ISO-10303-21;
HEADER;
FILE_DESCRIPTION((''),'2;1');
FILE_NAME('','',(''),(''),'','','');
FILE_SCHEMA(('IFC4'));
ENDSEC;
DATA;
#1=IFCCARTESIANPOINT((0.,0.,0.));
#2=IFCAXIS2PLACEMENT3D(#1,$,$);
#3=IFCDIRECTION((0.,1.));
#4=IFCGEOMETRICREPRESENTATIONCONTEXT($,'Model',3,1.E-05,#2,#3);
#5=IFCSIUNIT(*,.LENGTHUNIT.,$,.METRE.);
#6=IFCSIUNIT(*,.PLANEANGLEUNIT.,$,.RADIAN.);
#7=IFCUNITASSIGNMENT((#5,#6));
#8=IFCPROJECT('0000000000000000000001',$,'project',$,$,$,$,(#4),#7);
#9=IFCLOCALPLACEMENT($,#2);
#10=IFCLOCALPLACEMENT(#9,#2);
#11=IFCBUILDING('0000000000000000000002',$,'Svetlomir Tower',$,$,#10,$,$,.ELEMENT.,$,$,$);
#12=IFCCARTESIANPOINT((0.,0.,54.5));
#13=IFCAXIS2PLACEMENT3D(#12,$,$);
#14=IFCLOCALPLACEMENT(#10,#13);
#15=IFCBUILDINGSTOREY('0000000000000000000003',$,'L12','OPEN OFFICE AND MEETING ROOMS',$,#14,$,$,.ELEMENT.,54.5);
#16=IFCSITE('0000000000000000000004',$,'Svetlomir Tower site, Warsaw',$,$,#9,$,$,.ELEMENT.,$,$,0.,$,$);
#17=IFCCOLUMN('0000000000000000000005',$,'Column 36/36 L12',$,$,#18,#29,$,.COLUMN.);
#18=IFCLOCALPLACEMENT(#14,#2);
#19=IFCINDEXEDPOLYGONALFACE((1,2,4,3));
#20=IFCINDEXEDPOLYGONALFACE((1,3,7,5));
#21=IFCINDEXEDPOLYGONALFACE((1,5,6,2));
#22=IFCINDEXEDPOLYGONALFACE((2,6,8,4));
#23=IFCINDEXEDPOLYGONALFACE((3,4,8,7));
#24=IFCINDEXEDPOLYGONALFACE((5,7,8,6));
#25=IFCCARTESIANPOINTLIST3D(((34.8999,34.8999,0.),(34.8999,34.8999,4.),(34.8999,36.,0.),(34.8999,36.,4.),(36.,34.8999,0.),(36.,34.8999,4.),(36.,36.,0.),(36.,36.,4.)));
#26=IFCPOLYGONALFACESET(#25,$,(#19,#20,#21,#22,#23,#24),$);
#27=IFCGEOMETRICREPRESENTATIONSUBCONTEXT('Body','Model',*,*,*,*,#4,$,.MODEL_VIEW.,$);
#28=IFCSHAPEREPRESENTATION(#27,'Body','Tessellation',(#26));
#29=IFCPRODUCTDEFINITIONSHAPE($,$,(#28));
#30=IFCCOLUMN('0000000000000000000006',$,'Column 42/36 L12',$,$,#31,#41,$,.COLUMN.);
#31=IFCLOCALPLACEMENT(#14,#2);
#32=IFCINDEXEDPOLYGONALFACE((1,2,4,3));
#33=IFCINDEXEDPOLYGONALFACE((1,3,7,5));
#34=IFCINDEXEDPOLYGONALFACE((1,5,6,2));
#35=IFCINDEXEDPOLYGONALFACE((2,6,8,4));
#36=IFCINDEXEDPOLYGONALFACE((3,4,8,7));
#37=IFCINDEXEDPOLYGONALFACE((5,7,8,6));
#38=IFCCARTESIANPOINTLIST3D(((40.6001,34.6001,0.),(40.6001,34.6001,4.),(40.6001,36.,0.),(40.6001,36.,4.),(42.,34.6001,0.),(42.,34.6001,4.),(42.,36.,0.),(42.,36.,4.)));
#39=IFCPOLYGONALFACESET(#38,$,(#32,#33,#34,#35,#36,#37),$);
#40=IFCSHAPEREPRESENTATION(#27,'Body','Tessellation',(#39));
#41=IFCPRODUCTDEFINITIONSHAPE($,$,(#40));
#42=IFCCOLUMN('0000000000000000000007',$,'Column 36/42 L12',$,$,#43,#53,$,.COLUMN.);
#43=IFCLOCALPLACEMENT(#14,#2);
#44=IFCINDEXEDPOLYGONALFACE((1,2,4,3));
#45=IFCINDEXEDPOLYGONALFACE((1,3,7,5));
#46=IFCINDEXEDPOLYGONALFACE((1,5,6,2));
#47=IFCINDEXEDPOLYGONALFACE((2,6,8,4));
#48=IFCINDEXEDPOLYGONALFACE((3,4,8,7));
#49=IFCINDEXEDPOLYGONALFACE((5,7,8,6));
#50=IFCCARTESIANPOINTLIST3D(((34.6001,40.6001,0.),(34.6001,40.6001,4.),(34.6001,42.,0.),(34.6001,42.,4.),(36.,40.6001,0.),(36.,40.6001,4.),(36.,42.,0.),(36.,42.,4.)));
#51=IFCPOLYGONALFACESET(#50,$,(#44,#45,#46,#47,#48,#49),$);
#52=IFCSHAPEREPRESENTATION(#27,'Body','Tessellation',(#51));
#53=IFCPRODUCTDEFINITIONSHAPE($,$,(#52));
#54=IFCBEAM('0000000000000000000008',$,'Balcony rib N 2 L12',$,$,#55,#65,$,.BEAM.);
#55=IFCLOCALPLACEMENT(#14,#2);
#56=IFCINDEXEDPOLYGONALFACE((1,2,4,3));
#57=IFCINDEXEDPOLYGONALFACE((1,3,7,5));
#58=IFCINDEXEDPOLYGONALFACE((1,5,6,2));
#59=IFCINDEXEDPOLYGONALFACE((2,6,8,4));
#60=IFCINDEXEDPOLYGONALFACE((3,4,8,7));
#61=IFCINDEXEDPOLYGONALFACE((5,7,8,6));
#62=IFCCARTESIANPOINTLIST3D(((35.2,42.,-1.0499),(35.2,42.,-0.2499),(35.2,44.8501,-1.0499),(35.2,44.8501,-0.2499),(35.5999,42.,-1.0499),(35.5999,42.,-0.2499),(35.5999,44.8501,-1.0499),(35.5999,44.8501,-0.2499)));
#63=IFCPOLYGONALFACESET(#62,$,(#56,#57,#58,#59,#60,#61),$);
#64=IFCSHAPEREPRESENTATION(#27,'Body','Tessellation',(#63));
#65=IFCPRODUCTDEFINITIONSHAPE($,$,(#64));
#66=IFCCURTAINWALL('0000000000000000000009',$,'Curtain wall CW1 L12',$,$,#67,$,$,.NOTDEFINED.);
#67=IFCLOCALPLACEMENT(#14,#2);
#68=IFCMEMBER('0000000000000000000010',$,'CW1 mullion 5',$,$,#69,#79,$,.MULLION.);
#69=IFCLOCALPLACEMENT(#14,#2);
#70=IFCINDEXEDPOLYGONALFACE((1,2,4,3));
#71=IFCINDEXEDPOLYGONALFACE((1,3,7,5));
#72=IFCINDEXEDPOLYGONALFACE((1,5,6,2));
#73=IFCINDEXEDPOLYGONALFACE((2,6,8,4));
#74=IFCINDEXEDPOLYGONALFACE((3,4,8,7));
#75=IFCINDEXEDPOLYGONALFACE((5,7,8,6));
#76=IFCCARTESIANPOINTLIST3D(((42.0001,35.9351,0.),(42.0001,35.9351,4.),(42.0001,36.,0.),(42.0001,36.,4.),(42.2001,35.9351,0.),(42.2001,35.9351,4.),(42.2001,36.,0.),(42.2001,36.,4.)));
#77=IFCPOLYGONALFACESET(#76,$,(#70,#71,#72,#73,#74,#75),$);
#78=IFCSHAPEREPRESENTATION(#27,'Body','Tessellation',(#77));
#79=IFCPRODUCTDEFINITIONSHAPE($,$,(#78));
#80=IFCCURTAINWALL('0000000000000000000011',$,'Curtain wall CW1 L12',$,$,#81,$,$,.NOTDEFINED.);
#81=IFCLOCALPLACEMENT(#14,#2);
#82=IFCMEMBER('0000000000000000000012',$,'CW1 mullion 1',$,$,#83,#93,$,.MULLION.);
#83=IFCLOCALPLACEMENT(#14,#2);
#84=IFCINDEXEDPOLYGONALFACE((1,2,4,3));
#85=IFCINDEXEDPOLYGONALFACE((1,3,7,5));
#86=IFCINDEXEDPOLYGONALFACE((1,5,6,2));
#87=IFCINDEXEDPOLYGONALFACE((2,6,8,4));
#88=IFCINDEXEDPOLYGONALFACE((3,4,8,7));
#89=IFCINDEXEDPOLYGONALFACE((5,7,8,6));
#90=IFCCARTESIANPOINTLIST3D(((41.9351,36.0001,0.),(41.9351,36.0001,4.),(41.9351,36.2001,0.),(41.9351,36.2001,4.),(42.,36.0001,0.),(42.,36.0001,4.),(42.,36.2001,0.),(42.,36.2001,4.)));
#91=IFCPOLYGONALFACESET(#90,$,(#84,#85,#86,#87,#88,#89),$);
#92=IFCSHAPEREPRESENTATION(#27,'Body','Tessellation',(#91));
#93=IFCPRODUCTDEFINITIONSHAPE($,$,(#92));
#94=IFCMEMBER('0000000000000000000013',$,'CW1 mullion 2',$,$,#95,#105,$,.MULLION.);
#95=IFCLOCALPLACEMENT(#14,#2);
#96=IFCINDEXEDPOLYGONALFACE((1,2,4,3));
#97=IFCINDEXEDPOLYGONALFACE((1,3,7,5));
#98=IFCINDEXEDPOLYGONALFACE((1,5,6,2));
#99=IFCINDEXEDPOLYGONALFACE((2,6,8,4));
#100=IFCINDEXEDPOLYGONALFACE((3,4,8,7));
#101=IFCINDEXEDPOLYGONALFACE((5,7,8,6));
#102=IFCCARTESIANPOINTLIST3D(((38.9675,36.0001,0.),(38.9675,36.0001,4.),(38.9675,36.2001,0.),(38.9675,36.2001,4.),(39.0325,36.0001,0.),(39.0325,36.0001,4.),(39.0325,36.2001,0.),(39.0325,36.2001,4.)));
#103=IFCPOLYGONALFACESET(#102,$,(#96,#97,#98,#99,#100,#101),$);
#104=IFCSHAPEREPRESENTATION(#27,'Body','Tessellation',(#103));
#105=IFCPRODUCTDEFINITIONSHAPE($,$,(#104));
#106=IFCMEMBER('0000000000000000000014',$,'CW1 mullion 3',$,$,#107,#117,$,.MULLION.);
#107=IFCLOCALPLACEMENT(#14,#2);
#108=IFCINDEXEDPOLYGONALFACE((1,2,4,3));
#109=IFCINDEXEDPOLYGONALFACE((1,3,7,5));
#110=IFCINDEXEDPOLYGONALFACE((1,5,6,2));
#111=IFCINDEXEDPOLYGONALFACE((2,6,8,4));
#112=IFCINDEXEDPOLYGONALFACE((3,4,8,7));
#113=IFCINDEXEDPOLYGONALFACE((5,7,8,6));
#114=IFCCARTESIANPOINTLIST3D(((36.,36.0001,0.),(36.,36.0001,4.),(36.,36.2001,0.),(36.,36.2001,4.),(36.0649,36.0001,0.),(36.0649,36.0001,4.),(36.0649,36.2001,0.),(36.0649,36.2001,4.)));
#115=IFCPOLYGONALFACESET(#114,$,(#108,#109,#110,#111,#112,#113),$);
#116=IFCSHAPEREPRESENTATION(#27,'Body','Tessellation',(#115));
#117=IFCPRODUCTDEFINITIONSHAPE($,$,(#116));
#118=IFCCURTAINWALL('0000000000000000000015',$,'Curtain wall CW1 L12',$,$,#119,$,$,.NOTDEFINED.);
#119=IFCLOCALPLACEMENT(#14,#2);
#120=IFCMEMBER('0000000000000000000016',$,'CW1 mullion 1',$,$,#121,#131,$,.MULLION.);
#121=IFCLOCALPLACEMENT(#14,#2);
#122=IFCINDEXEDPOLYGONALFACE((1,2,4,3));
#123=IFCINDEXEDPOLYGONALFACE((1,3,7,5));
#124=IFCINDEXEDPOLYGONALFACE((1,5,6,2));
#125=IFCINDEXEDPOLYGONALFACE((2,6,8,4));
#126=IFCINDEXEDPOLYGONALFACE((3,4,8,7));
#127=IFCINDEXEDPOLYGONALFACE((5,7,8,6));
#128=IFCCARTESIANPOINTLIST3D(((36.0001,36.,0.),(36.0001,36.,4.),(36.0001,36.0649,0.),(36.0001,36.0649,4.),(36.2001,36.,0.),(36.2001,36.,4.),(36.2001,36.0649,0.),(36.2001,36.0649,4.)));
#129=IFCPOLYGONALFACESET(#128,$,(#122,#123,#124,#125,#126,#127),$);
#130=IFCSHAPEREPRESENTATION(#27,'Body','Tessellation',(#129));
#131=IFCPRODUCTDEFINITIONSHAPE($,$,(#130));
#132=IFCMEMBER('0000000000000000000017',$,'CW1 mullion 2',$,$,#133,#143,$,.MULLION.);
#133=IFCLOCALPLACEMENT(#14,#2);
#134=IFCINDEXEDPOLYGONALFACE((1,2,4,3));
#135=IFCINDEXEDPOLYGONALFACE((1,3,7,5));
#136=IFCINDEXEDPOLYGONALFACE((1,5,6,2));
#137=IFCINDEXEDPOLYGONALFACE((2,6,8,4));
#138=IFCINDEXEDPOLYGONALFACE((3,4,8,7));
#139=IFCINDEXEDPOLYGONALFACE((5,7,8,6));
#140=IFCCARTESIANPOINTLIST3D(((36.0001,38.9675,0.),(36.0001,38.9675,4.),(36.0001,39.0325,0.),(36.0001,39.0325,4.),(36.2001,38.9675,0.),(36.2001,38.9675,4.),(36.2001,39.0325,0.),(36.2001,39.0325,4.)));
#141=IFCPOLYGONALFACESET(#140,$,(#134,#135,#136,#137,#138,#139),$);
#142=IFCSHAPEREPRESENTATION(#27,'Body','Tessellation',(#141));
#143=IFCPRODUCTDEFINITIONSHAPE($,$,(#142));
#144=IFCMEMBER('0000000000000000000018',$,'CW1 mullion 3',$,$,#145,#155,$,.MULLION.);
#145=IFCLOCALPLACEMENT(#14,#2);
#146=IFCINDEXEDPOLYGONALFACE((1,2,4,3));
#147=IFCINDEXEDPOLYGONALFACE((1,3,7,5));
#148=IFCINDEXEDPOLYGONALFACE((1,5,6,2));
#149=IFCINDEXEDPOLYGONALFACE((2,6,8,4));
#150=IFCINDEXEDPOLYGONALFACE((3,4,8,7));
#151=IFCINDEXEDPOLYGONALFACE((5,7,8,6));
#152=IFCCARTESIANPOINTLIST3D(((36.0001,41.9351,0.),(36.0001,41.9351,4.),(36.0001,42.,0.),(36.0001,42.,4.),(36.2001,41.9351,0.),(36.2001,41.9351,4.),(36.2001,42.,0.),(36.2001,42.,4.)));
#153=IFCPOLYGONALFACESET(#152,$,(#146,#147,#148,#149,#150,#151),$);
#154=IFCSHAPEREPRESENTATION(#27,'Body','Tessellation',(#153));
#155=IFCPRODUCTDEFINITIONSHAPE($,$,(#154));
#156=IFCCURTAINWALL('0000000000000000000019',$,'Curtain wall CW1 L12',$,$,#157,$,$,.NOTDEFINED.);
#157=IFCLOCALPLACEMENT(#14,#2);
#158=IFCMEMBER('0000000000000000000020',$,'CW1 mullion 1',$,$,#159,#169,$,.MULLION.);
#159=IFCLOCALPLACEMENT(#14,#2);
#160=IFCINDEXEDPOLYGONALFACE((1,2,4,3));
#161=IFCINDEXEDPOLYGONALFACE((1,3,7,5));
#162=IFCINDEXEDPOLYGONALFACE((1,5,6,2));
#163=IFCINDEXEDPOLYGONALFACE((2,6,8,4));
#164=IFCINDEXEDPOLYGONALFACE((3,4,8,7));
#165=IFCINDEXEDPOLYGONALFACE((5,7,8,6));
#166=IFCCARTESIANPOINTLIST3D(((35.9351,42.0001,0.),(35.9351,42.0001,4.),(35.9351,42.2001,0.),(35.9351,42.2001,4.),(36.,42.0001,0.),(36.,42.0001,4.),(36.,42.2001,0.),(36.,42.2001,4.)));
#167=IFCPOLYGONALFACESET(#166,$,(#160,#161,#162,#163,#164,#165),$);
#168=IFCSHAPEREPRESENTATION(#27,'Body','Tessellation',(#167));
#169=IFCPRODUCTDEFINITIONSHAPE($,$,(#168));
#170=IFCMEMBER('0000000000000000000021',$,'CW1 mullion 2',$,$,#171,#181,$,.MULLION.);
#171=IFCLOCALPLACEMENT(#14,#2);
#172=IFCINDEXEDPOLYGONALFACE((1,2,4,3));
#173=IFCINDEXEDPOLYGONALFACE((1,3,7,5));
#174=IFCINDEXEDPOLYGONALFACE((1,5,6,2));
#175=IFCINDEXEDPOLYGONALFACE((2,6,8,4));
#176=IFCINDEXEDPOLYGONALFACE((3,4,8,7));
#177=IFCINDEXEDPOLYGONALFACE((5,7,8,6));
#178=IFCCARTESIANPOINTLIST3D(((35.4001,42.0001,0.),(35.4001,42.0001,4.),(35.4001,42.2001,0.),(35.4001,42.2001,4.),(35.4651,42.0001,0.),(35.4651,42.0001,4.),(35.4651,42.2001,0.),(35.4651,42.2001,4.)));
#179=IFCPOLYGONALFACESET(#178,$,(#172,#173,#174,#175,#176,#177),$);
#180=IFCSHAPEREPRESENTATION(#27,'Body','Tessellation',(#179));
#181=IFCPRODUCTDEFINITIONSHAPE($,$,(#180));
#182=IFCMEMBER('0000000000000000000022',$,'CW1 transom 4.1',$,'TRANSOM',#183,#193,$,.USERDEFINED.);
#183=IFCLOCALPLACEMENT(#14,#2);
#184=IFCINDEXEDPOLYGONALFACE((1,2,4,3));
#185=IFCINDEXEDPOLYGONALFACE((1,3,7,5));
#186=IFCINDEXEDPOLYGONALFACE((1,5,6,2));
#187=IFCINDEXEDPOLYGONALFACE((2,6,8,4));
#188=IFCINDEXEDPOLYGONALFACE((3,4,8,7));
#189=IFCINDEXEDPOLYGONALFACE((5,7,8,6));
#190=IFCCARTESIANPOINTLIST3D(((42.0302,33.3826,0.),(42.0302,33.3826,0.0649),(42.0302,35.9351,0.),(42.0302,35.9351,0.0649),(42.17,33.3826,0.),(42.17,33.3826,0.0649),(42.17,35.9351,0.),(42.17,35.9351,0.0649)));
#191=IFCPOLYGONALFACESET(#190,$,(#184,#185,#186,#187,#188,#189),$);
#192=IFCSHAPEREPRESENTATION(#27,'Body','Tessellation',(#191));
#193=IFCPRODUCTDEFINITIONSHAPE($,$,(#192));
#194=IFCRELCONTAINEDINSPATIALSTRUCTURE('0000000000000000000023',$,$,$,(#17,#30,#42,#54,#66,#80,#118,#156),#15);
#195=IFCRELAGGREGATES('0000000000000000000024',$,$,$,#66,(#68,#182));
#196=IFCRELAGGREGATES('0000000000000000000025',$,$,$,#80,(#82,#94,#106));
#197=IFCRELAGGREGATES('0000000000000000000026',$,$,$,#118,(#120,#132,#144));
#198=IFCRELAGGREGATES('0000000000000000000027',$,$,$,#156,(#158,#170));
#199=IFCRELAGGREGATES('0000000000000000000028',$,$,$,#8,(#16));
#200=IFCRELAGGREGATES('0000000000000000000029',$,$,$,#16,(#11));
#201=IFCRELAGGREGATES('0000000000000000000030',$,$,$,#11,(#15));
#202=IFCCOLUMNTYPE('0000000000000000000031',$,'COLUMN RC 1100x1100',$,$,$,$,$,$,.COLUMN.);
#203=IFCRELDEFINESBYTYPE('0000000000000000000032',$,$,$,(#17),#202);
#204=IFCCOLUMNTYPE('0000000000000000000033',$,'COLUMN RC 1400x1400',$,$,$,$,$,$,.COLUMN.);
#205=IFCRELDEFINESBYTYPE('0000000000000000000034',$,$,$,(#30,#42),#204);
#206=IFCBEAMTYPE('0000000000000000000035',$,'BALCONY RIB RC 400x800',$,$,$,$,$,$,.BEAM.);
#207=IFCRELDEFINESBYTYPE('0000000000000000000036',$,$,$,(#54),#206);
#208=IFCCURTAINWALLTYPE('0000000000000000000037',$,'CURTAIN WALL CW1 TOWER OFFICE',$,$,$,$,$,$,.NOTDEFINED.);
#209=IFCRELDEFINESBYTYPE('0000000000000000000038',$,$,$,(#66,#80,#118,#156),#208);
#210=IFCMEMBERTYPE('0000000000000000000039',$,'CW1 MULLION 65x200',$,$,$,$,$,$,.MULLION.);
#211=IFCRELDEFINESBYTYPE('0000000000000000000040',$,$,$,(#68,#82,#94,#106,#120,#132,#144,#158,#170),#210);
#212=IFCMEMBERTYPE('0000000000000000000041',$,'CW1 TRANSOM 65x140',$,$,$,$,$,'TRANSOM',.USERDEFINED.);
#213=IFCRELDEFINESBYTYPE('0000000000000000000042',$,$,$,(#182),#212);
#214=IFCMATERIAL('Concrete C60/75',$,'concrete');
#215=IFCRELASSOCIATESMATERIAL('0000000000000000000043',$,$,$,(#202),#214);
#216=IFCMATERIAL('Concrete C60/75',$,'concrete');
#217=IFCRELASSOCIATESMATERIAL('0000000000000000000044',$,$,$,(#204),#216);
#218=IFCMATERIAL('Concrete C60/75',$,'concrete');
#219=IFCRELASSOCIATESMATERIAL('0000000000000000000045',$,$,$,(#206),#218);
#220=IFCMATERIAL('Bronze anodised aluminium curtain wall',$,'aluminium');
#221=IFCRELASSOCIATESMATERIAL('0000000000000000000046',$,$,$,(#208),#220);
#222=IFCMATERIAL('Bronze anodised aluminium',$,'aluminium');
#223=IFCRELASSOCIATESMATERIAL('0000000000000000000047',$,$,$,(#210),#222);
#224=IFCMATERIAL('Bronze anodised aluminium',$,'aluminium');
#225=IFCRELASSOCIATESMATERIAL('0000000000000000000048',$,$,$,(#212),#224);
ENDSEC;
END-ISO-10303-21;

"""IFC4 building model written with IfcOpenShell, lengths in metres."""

from ifc_helpers import new_model, si_unit, direction, frame, origin, origin_2d, place, context, subcontext, project, spatial, rectangle, extrude, material, material_profile, profile_set, type_object, element, aggregate, save


model = new_model("IFC4")

# Units and contexts
model_context = context("Model", 3, precision=1e-05, world=origin(), true_north=direction((0.0, 1.0)))
body_context = subcontext(model_context, "Body", "Model", "MODEL_VIEW")
ifc_project = project(units=[si_unit("LENGTHUNIT", "METRE"), si_unit("PLANEANGLEUNIT", "RADIAN")], contexts=[model_context])

# Site, building, storey
site_placement = place(None, origin())
site = spatial("IfcSite", under=ifc_project, at=site_placement, Name="Svetlomir Tower site, Warsaw", CompositionType="ELEMENT", RefElevation=0.0)
building_placement = place(site_placement, origin())
building = spatial("IfcBuilding", under=site, at=building_placement, Name="Svetlomir Tower", CompositionType="ELEMENT")
storey_placement = place(building_placement, frame((0.0, 0.0, 54.5)))
storey = spatial("IfcBuildingStorey", under=building, at=storey_placement, Name="L12", Description="OPEN OFFICE AND MEETING ROOMS", CompositionType="ELEMENT", Elevation=54.5)

# Columns
ifc_material_1 = material(Name="Concrete C60/75", Category="concrete")
ifc_material_profile_1 = material_profile(ifc_material_1, rectangle(XDim=1.1001, YDim=1.1001, at=origin_2d()), Name="RC 1100x1100")
ifc_profile_set_1 = profile_set([ifc_material_profile_1], Name="Concrete C60/75")
column_type_1 = type_object("IfcColumnType", Name="COLUMN RC 1100x1100", PredefinedType="COLUMN", material=ifc_profile_set_1)
column_placement = place(storey_placement, frame((35.45, 35.45, 0.0), z_axis=(0.0, 0.0, 1.0), x_axis=(1.0, 0.0, 0.0)))
element("IfcColumn", 1, at=column_placement, inside=storey, type_object=column_type_1, Name="Column 36/36 L12", PredefinedType="COLUMN", context=body_context, shape_type="SweptSolid", body=[
    extrude(rectangle(XDim=1.1001, YDim=1.1001, at=origin_2d()), origin(), (0.0, 0.0, 1.0), 4.0),
])
ifc_material_2 = material(Name="Concrete C60/75", Category="concrete")
ifc_material_profile_2 = material_profile(ifc_material_2, rectangle(XDim=1.3999, YDim=1.3999, at=origin_2d()), Name="RC 1400x1400")
ifc_profile_set_2 = profile_set([ifc_material_profile_2], Name="Concrete C60/75")
column_type_2 = type_object("IfcColumnType", Name="COLUMN RC 1400x1400", PredefinedType="COLUMN", material=ifc_profile_set_2)
for number, where, z_axis, x_axis, name in (
    (2, (41.3, 35.3, 0.0), (0.0, 0.0, 1.0), (1.0, 0.0, 0.0), "Column 42/36 L12"),
    (3, (35.3, 41.3, 0.0), (0.0, 0.0, 1.0), (1.0, 0.0, 0.0), "Column 36/42 L12"),
):
    element("IfcColumn", number, at=place(storey_placement, frame(where, z_axis=z_axis, x_axis=x_axis)), inside=storey, type_object=column_type_2, Name=name, PredefinedType="COLUMN", context=body_context, shape_type="SweptSolid", body=[
        extrude(rectangle(XDim=1.3999, YDim=1.3999, at=origin_2d()), origin(), (0.0, 0.0, 1.0), 4.0),
    ])

# Beam
ifc_material_3 = material(Name="Concrete C60/75", Category="concrete")
ifc_material_profile_3 = material_profile(ifc_material_3, rectangle(XDim=0.3999, YDim=0.8, at=origin_2d()), Name="RC 400x800")
ifc_profile_set_3 = profile_set([ifc_material_profile_3], Name="Concrete C60/75")
beam_type_1 = type_object("IfcBeamType", Name="BALCONY RIB RC 400x800", PredefinedType="BEAM", material=ifc_profile_set_3)
beam_placement = place(storey_placement, frame((35.3999, 42.0, -0.6499), z_axis=(0.0, 1.0, 0.0), x_axis=(-1.0, 0.0, 0.0)))
element("IfcBeam", 4, at=beam_placement, inside=storey, type_object=beam_type_1, Name="Balcony rib N 2 L12", PredefinedType="BEAM", context=body_context, shape_type="SweptSolid", body=[
    extrude(rectangle(XDim=0.3999, YDim=0.8, at=origin_2d()), origin(), (0.0, 0.0, 1.0), 2.8501),
])

# Curtain wall, member
ifc_material_4 = material(Name="Bronze anodised aluminium curtain wall", Category="aluminium")
curtain_wall_type = type_object("IfcCurtainWallType", Name="CURTAIN WALL CW1 TOWER OFFICE", PredefinedType="NOTDEFINED", material=ifc_material_4)
curtain_wall_1_placement = place(storey_placement, origin())
curtain_wall_1 = element("IfcCurtainWall", 5, at=curtain_wall_1_placement, inside=storey, type_object=curtain_wall_type, Name="Curtain wall CW1 L12", PredefinedType="NOTDEFINED")
ifc_material_5 = material(Name="Bronze anodised aluminium", Category="aluminium")
ifc_material_profile_4 = material_profile(ifc_material_5, rectangle(XDim=0.0649, YDim=0.2, at=origin_2d()), Name="AL 65x200")
ifc_profile_set_4 = profile_set([ifc_material_profile_4], Name="Bronze anodised aluminium 6063-T6")
member_type_1 = type_object("IfcMemberType", Name="CW1 MULLION 65x200", PredefinedType="MULLION", material=ifc_profile_set_4)
member_1_placement = place(storey_placement, frame((42.1001, 35.9675, 0.0), z_axis=(0.0, 0.0, 1.0), x_axis=(0.0, 1.0, 0.0)))
member_1 = element("IfcMember", 6, at=member_1_placement, type_object=member_type_1, Name="CW1 mullion 5", PredefinedType="MULLION", context=body_context, shape_type="SweptSolid", body=[
    extrude(rectangle(XDim=0.0649, YDim=0.2, at=origin_2d()), origin(), (0.0, 0.0, 1.0), 4.0),
])

# Curtain walls, members
curtain_wall_2_placement = place(storey_placement, origin())
curtain_wall_2 = element("IfcCurtainWall", 7, at=curtain_wall_2_placement, inside=storey, type_object=curtain_wall_type, Name="Curtain wall CW1 L12", PredefinedType="NOTDEFINED")
member_2_placement = place(storey_placement, frame((41.9675, 36.1001, 0.0), z_axis=(0.0, 0.0, 1.0), x_axis=(-1.0, 0.0, 0.0)))
member_2 = element("IfcMember", 8, at=member_2_placement, type_object=member_type_1, Name="CW1 mullion 1", PredefinedType="MULLION", context=body_context, shape_type="SweptSolid", body=[
    extrude(rectangle(XDim=0.0649, YDim=0.2, at=origin_2d()), origin(), (0.0, 0.0, 1.0), 4.0),
])
member_3_placement = place(storey_placement, frame((39.0, 36.1001, 0.0), z_axis=(0.0, 0.0, 1.0), x_axis=(-1.0, 0.0, 0.0)))
member_3 = element("IfcMember", 9, at=member_3_placement, type_object=member_type_1, Name="CW1 mullion 2", PredefinedType="MULLION", context=body_context, shape_type="SweptSolid", body=[
    extrude(rectangle(XDim=0.0649, YDim=0.2, at=origin_2d()), origin(), (0.0, 0.0, 1.0), 4.0),
])
member_4_placement = place(storey_placement, frame((36.0325, 36.1001, 0.0), z_axis=(0.0, 0.0, 1.0), x_axis=(-1.0, 0.0, 0.0)))
member_4 = element("IfcMember", 10, at=member_4_placement, type_object=member_type_1, Name="CW1 mullion 3", PredefinedType="MULLION", context=body_context, shape_type="SweptSolid", body=[
    extrude(rectangle(XDim=0.0649, YDim=0.2, at=origin_2d()), origin(), (0.0, 0.0, 1.0), 4.0),
])
curtain_wall_3_placement = place(storey_placement, origin())
curtain_wall_3 = element("IfcCurtainWall", 11, at=curtain_wall_3_placement, inside=storey, type_object=curtain_wall_type, Name="Curtain wall CW1 L12", PredefinedType="NOTDEFINED")
member_5_placement = place(storey_placement, frame((36.1001, 36.0325, 0.0), z_axis=(0.0, 0.0, 1.0), x_axis=(0.0, 1.0, 0.0)))
member_5 = element("IfcMember", 12, at=member_5_placement, type_object=member_type_1, Name="CW1 mullion 1", PredefinedType="MULLION", context=body_context, shape_type="SweptSolid", body=[
    extrude(rectangle(XDim=0.0649, YDim=0.2, at=origin_2d()), origin(), (0.0, 0.0, 1.0), 4.0),
])
member_6_placement = place(storey_placement, frame((36.1001, 39.0, 0.0), z_axis=(0.0, 0.0, 1.0), x_axis=(0.0, 1.0, 0.0)))
member_6 = element("IfcMember", 13, at=member_6_placement, type_object=member_type_1, Name="CW1 mullion 2", PredefinedType="MULLION", context=body_context, shape_type="SweptSolid", body=[
    extrude(rectangle(XDim=0.0649, YDim=0.2, at=origin_2d()), origin(), (0.0, 0.0, 1.0), 4.0),
])
member_7_placement = place(storey_placement, frame((36.1001, 41.9675, 0.0), z_axis=(0.0, 0.0, 1.0), x_axis=(0.0, 1.0, 0.0)))
member_7 = element("IfcMember", 14, at=member_7_placement, type_object=member_type_1, Name="CW1 mullion 3", PredefinedType="MULLION", context=body_context, shape_type="SweptSolid", body=[
    extrude(rectangle(XDim=0.0649, YDim=0.2, at=origin_2d()), origin(), (0.0, 0.0, 1.0), 4.0),
])
curtain_wall_4_placement = place(storey_placement, origin())
curtain_wall_4 = element("IfcCurtainWall", 15, at=curtain_wall_4_placement, inside=storey, type_object=curtain_wall_type, Name="Curtain wall CW1 L12", PredefinedType="NOTDEFINED")
member_8_placement = place(storey_placement, frame((35.9675, 42.1001, 0.0), z_axis=(0.0, 0.0, 1.0), x_axis=(-1.0, 0.0, 0.0)))
member_8 = element("IfcMember", 16, at=member_8_placement, type_object=member_type_1, Name="CW1 mullion 1", PredefinedType="MULLION", context=body_context, shape_type="SweptSolid", body=[
    extrude(rectangle(XDim=0.0649, YDim=0.2, at=origin_2d()), origin(), (0.0, 0.0, 1.0), 4.0),
])
member_9_placement = place(storey_placement, frame((35.4326, 42.1001, 0.0), z_axis=(0.0, 0.0, 1.0), x_axis=(-1.0, 0.0, 0.0)))
member_9 = element("IfcMember", 17, at=member_9_placement, type_object=member_type_1, Name="CW1 mullion 2", PredefinedType="MULLION", context=body_context, shape_type="SweptSolid", body=[
    extrude(rectangle(XDim=0.0649, YDim=0.2, at=origin_2d()), origin(), (0.0, 0.0, 1.0), 4.0),
])

# Member
ifc_material_6 = material(Name="Bronze anodised aluminium", Category="aluminium")
ifc_material_profile_5 = material_profile(ifc_material_6, rectangle(XDim=0.1399, YDim=0.0649, at=origin_2d()), Name="AL 140x65")
ifc_profile_set_5 = profile_set([ifc_material_profile_5], Name="Bronze anodised aluminium 6063-T6")
member_type_2 = type_object("IfcMemberType", Name="CW1 TRANSOM 65x140", ElementType="TRANSOM", PredefinedType="USERDEFINED", material=ifc_profile_set_5)
member_10_placement = place(storey_placement, frame((42.1001, 33.3826, 0.0325), z_axis=(0.0, 1.0, 0.0), x_axis=(-1.0, 0.0, 0.0)))
member_10 = element("IfcMember", 18, at=member_10_placement, type_object=member_type_2, Name="CW1 transom 4.1", ObjectType="TRANSOM", PredefinedType="USERDEFINED", context=body_context, shape_type="SweptSolid", body=[
    extrude(rectangle(XDim=0.1399, YDim=0.0649, at=origin_2d()), origin(), (0.0, 0.0, 1.0), 2.5525),
])

aggregate(curtain_wall_1, [member_1, member_10])
aggregate(curtain_wall_2, [member_2, member_3, member_4])
aggregate(curtain_wall_3, [member_5, member_6, member_7])
aggregate(curtain_wall_4, [member_8, member_9])

save(model, "model.ifc")
